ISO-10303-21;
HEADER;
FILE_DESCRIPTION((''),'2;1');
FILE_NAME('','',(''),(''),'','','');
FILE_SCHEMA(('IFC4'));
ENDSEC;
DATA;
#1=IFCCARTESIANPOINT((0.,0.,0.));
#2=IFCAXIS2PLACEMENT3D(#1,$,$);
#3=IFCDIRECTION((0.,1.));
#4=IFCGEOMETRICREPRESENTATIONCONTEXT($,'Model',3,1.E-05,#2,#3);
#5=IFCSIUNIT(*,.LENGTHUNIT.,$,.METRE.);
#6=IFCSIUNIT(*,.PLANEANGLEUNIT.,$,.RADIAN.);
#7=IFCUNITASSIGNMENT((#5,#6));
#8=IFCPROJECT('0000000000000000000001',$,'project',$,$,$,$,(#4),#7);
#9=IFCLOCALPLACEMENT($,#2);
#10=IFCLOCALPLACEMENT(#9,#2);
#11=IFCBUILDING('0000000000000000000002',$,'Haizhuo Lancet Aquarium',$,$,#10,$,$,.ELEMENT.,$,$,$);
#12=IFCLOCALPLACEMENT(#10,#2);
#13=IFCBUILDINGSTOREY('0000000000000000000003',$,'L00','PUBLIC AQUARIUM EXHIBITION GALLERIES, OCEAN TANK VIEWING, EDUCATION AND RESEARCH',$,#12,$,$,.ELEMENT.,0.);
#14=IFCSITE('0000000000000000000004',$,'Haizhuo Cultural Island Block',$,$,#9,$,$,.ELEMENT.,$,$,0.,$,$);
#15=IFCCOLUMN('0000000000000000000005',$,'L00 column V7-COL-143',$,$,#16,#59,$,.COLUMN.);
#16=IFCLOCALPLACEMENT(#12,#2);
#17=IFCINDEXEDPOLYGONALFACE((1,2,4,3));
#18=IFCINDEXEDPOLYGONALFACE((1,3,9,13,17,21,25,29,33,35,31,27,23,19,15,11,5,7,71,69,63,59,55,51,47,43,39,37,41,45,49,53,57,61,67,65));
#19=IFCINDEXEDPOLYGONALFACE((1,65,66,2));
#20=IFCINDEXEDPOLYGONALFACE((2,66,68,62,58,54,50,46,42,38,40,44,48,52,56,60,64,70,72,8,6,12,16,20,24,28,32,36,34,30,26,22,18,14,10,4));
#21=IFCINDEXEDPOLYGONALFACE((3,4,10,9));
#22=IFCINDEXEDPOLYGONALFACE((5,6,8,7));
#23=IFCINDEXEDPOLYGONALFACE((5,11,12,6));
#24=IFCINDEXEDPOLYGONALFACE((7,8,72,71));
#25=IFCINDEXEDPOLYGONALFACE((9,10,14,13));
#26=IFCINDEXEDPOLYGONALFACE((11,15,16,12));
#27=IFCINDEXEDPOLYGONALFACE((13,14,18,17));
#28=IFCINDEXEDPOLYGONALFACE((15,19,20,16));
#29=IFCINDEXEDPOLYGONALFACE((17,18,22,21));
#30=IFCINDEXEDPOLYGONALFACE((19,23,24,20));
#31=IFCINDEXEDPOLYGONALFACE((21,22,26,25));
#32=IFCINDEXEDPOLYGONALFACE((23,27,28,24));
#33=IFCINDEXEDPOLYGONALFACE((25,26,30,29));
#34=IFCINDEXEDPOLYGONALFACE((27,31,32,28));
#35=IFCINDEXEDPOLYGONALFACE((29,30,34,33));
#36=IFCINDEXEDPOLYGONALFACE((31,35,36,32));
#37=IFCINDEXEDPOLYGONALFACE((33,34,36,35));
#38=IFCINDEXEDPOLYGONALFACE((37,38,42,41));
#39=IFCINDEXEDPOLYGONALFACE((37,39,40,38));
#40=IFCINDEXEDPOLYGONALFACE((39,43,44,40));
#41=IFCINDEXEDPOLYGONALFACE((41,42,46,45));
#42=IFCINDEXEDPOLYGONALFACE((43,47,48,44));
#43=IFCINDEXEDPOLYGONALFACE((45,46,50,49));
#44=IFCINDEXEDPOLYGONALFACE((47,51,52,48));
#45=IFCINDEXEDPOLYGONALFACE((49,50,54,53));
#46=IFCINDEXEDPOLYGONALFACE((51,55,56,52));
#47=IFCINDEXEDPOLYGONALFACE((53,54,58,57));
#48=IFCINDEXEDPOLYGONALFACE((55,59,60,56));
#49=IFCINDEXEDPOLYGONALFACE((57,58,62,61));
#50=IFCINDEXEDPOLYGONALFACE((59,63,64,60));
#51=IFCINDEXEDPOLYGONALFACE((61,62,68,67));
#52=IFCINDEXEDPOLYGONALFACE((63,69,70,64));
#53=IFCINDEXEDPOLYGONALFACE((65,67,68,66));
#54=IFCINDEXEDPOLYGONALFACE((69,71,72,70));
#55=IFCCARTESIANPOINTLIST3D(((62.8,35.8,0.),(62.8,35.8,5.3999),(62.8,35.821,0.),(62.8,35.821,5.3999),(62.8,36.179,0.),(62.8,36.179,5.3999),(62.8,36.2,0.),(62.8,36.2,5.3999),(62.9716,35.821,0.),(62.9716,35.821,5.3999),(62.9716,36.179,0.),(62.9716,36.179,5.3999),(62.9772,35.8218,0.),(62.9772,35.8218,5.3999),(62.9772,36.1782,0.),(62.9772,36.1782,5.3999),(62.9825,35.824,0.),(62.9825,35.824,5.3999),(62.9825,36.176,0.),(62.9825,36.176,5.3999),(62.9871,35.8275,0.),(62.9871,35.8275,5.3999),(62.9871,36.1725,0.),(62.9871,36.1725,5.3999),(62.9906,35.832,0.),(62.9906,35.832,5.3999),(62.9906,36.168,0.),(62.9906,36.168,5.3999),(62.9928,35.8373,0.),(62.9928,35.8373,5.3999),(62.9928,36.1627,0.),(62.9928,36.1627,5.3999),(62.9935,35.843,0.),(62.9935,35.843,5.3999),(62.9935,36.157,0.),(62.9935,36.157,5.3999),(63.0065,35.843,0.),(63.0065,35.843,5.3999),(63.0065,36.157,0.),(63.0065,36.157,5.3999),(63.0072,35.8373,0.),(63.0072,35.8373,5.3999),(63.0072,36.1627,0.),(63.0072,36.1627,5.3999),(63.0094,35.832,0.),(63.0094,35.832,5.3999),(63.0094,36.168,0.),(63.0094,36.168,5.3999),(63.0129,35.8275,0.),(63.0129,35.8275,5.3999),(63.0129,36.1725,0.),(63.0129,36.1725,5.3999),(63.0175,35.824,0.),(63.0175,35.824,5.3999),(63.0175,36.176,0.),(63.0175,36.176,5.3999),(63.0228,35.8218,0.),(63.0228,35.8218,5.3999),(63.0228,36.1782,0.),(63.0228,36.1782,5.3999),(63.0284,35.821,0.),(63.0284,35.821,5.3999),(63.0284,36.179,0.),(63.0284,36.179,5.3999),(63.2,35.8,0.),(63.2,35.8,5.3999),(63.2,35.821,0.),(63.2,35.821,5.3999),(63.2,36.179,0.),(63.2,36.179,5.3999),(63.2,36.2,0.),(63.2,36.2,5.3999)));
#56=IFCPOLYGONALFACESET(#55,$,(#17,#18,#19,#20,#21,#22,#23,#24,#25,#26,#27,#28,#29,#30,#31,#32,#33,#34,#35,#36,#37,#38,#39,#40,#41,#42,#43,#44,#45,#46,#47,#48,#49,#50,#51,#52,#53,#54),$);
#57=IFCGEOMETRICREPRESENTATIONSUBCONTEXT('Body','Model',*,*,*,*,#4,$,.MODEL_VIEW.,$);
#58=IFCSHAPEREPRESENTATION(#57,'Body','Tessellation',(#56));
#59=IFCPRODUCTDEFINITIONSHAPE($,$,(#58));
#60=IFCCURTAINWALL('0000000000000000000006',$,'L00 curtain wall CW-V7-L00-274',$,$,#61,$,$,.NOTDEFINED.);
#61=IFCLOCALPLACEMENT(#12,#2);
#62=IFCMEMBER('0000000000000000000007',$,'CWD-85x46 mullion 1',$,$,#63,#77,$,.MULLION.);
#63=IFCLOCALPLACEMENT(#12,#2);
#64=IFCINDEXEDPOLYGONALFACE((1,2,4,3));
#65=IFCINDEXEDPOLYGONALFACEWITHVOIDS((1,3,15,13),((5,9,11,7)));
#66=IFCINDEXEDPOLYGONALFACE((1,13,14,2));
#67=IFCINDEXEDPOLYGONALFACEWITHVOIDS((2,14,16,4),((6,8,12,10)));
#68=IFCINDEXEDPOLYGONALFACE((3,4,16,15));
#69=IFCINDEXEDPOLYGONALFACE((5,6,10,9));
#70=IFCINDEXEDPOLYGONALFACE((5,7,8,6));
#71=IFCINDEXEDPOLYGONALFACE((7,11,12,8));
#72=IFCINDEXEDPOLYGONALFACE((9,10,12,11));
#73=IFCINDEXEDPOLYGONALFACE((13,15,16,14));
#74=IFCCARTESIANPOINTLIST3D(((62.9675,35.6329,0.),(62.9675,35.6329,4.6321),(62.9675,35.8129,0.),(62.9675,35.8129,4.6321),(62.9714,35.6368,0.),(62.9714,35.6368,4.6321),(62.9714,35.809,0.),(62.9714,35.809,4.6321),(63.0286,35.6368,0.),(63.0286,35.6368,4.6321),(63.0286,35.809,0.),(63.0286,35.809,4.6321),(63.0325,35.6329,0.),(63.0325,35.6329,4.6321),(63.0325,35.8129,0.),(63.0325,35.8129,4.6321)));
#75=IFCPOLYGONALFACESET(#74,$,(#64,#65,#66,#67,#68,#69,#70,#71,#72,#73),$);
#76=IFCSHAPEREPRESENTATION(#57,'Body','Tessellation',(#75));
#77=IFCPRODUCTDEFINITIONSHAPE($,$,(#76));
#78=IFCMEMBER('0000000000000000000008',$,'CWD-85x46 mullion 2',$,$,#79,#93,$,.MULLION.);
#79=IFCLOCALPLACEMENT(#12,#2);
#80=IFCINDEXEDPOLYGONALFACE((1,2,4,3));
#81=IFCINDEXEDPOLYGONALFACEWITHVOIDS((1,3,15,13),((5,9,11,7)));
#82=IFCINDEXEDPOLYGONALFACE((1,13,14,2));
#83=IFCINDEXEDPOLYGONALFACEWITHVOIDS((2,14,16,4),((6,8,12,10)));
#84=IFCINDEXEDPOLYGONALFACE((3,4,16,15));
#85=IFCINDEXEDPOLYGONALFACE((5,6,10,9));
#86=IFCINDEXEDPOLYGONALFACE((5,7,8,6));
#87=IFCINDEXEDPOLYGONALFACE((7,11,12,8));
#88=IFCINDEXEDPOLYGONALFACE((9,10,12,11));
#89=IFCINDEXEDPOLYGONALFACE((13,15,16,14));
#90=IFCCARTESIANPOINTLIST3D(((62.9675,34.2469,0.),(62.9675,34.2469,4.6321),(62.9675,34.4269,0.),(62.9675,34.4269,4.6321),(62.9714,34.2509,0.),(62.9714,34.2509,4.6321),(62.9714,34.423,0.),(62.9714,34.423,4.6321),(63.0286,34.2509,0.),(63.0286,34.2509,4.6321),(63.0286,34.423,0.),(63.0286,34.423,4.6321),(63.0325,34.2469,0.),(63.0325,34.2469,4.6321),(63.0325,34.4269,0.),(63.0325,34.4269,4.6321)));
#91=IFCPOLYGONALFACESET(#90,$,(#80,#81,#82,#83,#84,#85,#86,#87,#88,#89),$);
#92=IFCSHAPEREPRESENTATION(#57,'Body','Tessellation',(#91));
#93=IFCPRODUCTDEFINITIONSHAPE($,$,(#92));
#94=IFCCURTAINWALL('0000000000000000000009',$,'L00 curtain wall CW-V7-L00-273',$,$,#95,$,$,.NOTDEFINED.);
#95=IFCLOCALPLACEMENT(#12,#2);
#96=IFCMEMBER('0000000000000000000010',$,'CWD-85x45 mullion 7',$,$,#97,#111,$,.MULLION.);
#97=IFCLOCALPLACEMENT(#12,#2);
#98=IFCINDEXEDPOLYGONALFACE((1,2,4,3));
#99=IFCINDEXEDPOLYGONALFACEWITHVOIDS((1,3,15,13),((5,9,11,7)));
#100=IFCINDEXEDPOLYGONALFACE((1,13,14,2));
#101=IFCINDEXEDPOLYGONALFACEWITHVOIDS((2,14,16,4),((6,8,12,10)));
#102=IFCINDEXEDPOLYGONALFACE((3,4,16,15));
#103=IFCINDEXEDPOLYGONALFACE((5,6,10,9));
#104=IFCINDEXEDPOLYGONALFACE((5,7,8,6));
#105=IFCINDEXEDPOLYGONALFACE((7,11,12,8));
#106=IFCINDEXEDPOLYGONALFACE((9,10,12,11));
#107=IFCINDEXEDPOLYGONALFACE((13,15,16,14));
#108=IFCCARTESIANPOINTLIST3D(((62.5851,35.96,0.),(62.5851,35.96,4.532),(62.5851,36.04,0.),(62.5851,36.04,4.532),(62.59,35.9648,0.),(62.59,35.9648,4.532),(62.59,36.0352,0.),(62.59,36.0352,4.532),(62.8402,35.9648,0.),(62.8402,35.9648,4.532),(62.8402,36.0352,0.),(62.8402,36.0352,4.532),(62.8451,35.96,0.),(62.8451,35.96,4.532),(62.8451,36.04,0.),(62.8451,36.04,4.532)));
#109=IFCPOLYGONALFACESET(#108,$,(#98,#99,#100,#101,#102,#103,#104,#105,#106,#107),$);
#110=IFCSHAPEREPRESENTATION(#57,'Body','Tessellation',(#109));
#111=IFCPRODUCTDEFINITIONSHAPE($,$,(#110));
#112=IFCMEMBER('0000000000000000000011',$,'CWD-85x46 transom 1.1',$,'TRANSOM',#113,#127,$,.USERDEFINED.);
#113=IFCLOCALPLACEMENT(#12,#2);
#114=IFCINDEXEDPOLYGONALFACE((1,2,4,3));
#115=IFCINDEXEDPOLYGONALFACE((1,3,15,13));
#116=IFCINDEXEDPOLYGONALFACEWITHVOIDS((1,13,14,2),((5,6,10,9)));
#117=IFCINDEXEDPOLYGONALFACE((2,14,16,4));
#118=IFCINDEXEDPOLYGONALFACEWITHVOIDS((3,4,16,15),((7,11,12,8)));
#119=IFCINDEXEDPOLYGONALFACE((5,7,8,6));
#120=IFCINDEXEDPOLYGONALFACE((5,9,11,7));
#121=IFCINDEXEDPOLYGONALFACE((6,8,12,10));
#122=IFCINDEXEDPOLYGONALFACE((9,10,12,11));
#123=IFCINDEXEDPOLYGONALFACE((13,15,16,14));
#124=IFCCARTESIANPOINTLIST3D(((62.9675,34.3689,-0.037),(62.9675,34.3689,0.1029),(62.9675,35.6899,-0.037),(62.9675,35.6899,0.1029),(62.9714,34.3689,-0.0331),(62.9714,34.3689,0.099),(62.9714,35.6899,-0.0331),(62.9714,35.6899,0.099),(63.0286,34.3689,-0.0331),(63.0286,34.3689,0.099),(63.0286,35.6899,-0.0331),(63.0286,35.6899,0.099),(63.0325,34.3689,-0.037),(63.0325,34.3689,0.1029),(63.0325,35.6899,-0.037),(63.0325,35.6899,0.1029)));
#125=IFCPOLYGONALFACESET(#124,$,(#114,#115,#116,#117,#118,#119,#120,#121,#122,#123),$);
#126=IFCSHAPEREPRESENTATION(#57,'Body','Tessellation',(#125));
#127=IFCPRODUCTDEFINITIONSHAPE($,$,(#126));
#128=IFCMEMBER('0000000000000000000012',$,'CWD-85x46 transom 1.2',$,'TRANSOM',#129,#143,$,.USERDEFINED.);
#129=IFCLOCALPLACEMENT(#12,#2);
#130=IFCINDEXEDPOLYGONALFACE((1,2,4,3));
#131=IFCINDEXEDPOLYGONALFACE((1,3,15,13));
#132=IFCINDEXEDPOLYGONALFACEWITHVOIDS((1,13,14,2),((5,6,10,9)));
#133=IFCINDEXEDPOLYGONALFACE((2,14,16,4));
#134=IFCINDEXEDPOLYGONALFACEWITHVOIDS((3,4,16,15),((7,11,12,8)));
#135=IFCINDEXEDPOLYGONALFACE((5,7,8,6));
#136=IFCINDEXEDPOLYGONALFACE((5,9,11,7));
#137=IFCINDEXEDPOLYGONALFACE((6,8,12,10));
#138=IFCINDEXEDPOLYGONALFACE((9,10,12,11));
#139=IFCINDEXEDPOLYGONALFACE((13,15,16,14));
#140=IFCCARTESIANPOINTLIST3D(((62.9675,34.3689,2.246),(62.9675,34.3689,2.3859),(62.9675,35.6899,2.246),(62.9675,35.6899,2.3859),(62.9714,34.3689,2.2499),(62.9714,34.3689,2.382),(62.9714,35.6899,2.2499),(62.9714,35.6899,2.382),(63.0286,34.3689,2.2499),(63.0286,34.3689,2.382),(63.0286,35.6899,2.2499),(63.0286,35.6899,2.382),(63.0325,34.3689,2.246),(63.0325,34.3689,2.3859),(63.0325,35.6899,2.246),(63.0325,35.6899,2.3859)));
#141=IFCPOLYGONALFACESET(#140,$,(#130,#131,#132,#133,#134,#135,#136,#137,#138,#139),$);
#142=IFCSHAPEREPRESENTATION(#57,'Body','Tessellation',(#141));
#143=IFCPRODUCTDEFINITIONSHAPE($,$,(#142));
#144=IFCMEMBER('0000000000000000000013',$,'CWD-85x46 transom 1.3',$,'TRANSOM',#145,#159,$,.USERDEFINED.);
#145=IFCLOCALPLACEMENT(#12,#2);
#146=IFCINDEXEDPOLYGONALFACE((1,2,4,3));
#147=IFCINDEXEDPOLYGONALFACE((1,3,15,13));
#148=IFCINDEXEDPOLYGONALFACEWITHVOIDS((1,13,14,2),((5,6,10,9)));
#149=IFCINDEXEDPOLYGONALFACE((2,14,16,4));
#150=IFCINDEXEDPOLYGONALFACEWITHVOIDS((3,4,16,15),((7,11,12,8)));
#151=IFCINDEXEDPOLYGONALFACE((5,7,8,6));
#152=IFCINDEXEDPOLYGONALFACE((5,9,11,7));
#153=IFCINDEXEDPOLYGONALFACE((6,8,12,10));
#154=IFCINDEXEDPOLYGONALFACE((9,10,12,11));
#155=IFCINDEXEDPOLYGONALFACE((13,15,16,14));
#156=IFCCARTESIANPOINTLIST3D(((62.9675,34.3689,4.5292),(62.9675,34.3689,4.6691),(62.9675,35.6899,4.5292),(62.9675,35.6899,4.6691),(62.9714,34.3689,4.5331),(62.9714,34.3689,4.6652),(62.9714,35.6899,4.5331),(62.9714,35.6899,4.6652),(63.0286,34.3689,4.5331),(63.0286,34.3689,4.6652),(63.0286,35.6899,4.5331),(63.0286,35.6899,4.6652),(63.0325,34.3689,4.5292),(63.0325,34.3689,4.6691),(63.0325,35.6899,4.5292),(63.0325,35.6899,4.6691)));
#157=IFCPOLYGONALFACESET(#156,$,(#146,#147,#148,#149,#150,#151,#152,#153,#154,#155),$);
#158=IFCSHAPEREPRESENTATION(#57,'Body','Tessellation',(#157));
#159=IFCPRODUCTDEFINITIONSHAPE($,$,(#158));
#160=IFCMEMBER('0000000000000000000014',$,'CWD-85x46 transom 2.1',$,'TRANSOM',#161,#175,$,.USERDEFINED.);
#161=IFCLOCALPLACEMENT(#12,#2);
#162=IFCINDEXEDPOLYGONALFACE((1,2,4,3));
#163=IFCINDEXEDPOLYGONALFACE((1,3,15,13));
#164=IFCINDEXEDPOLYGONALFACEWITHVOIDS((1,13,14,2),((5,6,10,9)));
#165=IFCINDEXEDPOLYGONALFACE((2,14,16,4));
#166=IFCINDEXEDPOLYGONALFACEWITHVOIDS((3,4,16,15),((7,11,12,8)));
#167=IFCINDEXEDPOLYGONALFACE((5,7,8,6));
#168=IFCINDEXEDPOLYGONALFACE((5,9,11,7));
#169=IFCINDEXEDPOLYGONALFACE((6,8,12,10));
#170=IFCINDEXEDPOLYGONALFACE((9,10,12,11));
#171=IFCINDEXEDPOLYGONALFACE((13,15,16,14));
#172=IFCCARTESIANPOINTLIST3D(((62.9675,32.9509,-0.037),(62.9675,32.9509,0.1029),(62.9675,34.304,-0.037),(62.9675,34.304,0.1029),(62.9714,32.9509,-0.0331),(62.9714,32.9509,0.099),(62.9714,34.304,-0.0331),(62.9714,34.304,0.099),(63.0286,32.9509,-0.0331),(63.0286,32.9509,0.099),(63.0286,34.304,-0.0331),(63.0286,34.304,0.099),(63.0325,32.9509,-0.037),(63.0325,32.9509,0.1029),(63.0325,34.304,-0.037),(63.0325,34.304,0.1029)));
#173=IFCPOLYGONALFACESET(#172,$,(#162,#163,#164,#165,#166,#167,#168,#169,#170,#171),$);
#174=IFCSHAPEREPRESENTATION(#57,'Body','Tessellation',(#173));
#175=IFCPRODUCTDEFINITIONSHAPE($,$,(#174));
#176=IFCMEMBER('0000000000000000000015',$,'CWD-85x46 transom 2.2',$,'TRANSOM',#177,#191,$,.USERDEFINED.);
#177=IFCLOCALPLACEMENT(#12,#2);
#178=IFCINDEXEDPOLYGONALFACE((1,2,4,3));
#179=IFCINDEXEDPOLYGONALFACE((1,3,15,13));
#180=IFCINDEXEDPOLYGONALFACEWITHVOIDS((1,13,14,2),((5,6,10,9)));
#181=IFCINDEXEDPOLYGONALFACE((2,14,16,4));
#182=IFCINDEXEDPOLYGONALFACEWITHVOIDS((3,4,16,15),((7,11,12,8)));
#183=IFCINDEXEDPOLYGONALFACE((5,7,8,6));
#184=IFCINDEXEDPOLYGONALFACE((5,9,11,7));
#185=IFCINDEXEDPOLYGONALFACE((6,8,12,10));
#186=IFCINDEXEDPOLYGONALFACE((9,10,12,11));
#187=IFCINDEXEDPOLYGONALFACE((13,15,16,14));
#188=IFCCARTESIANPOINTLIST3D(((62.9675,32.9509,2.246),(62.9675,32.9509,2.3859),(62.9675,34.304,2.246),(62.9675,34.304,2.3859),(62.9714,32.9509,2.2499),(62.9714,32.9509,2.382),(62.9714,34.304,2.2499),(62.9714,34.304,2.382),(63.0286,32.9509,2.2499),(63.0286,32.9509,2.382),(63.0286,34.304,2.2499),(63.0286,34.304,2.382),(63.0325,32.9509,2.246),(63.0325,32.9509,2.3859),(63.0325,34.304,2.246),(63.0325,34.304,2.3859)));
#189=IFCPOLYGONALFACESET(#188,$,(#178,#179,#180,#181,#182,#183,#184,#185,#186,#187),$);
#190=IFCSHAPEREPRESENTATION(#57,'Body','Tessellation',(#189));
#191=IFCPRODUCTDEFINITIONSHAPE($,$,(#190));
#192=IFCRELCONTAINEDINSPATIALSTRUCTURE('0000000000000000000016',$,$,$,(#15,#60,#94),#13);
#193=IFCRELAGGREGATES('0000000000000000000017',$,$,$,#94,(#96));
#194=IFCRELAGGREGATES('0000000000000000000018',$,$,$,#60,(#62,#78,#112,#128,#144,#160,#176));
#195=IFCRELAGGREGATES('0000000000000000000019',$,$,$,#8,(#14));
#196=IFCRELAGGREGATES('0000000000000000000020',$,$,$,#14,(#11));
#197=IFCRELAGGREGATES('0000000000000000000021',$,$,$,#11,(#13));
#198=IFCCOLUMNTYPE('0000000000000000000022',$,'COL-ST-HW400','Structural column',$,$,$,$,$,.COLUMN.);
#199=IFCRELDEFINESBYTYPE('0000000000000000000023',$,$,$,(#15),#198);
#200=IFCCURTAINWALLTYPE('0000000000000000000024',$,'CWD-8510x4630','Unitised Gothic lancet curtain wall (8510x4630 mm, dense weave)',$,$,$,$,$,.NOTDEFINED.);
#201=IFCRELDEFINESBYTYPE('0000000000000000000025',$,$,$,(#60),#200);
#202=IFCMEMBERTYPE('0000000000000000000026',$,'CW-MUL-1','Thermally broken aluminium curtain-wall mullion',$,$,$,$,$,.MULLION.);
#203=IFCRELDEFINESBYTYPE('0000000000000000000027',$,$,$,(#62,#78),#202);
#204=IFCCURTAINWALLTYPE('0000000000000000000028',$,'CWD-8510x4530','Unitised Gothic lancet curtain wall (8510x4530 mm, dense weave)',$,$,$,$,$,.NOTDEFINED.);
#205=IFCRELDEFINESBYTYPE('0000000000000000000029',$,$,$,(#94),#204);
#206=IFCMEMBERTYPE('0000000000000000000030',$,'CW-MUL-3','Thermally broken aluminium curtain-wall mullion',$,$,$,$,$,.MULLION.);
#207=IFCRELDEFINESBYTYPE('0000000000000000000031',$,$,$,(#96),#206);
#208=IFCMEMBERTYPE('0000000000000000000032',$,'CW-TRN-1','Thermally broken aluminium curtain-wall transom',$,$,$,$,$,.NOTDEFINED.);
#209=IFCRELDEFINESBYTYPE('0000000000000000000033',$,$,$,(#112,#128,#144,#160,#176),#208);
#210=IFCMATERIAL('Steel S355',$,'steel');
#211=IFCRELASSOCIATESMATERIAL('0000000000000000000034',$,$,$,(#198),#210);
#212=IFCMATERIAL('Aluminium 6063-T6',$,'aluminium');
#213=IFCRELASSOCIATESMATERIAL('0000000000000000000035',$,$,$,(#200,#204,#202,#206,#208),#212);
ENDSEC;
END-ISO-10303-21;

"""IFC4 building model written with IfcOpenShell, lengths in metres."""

from ifc_helpers import new_model, si_unit, direction, frame, origin, origin_2d, place, context, subcontext, project, spatial, hollow_rectangle, i_section, extrude, material, material_profile, profile_set, type_object, element, aggregate, save


model = new_model("IFC4")

# Units and contexts
model_context = context("Model", 3, precision=1e-05, world=origin(), true_north=direction((0.0, 1.0)))
body_context = subcontext(model_context, "Body", "Model", "MODEL_VIEW")
ifc_project = project(units=[si_unit("LENGTHUNIT", "METRE"), si_unit("PLANEANGLEUNIT", "RADIAN")], contexts=[model_context])

# Site, building, storey
site_placement = place(None, origin())
site = spatial("IfcSite", under=ifc_project, at=site_placement, Name="Haizhuo Cultural Island Block", CompositionType="ELEMENT", RefElevation=0.0)
building_placement = place(site_placement, origin())
building = spatial("IfcBuilding", under=site, at=building_placement, Name="Haizhuo Lancet Aquarium", CompositionType="ELEMENT")
storey_placement = place(building_placement, origin())
storey = spatial("IfcBuildingStorey", under=building, at=storey_placement, Name="L00", Description="PUBLIC AQUARIUM EXHIBITION GALLERIES, OCEAN TANK VIEWING, EDUCATION AND RESEARCH", CompositionType="ELEMENT", Elevation=0.0)

# Column
ifc_material_1 = material(Name="Steel S355", Category="steel")
ifc_material_profile_1 = material_profile(ifc_material_1, i_section(OverallWidth=0.3999, OverallDepth=0.3999, WebThickness=0.0129, FlangeThickness=0.021, FilletRadius=0.022, at=origin_2d()), Name="HW 400x400x13x21")
ifc_profile_set_1 = profile_set([ifc_material_profile_1], Name="Steel S355")
column_type = type_object("IfcColumnType", Name="COL-ST-HW400", Description="Structural column", PredefinedType="COLUMN", material=ifc_profile_set_1)
column_placement = place(storey_placement, frame((63.0, 36.0, 0.0), z_axis=(0.0, 0.0, 1.0), x_axis=(1.0, 0.0, 0.0)))
element("IfcColumn", 1, at=column_placement, inside=storey, type_object=column_type, Name="L00 column V7-COL-143", PredefinedType="COLUMN", context=body_context, shape_type="SweptSolid", body=[
    extrude(i_section(OverallWidth=0.3999, OverallDepth=0.3999, WebThickness=0.0129, FlangeThickness=0.021, FilletRadius=0.022, at=origin_2d()), origin(), (0.0, 0.0, 1.0), 5.3999),
])

# Curtain wall, members
ifc_material_2 = material(Name="Aluminium 6063-T6", Category="aluminium")
curtain_wall_type_1 = type_object("IfcCurtainWallType", Name="CWD-8510x4630", Description="Unitised Gothic lancet curtain wall (8510x4630 mm, dense weave)", PredefinedType="NOTDEFINED", material=ifc_material_2)
curtain_wall_1_placement = place(storey_placement, origin())
curtain_wall_1 = element("IfcCurtainWall", 2, at=curtain_wall_1_placement, inside=storey, type_object=curtain_wall_type_1, Name="L00 curtain wall CW-V7-L00-274", PredefinedType="NOTDEFINED")
ifc_material_profile_2 = material_profile(ifc_material_2, hollow_rectangle(XDim=0.0649, YDim=0.1799, WallThickness=0.0039, at=origin_2d()), Name="ALU-M 65x180x4")
ifc_profile_set_2 = profile_set([ifc_material_profile_2], Name="Aluminium 6063-T6")
member_type_1 = type_object("IfcMemberType", Name="CW-MUL-1", Description="Thermally broken aluminium curtain-wall mullion", PredefinedType="MULLION", material=ifc_profile_set_2)
member_1_placement = place(storey_placement, frame((63.0, 35.7229, 0.0), z_axis=(0.0, 0.0, 1.0), x_axis=(1.0, 0.0, 0.0)))
member_1 = element("IfcMember", 3, at=member_1_placement, type_object=member_type_1, Name="CWD-85x46 mullion 1", PredefinedType="MULLION", context=body_context, shape_type="SweptSolid", body=[
    extrude(hollow_rectangle(XDim=0.0649, YDim=0.1799, WallThickness=0.0039, at=origin_2d()), origin(), (0.0, 0.0, 1.0), 4.6321),
])
member_2_placement = place(storey_placement, frame((63.0, 34.3369, 0.0), z_axis=(0.0, 0.0, 1.0), x_axis=(1.0, 0.0, 0.0)))
member_2 = element("IfcMember", 4, at=member_2_placement, type_object=member_type_1, Name="CWD-85x46 mullion 2", PredefinedType="MULLION", context=body_context, shape_type="SweptSolid", body=[
    extrude(hollow_rectangle(XDim=0.0649, YDim=0.1799, WallThickness=0.0039, at=origin_2d()), origin(), (0.0, 0.0, 1.0), 4.6321),
])

# Curtain wall, member
curtain_wall_type_2 = type_object("IfcCurtainWallType", Name="CWD-8510x4530", Description="Unitised Gothic lancet curtain wall (8510x4530 mm, dense weave)", PredefinedType="NOTDEFINED", material=ifc_material_2)
curtain_wall_2_placement = place(storey_placement, origin())
curtain_wall_2 = element("IfcCurtainWall", 5, at=curtain_wall_2_placement, inside=storey, type_object=curtain_wall_type_2, Name="L00 curtain wall CW-V7-L00-273", PredefinedType="NOTDEFINED")
ifc_material_profile_3 = material_profile(ifc_material_2, hollow_rectangle(XDim=0.0801, YDim=0.26, WallThickness=0.0049, at=origin_2d()), Name="ALU-M 80x260x5")
ifc_profile_set_3 = profile_set([ifc_material_profile_3], Name="Aluminium 6063-T6")
member_type_2 = type_object("IfcMemberType", Name="CW-MUL-3", Description="Thermally broken aluminium curtain-wall mullion", PredefinedType="MULLION", material=ifc_profile_set_3)
member_3_placement = place(storey_placement, frame((62.7151, 36.0, 0.0), z_axis=(0.0, 0.0, 1.0), x_axis=(0.0, 1.0, 0.0)))
member_3 = element("IfcMember", 6, at=member_3_placement, type_object=member_type_2, Name="CWD-85x45 mullion 7", PredefinedType="MULLION", context=body_context, shape_type="SweptSolid", body=[
    extrude(hollow_rectangle(XDim=0.0801, YDim=0.26, WallThickness=0.0049, at=origin_2d()), origin(), (0.0, 0.0, 1.0), 4.532),
])

# Members
ifc_material_profile_4 = material_profile(ifc_material_2, hollow_rectangle(XDim=0.0649, YDim=0.1399, WallThickness=0.0039, at=origin_2d()), Name="ALU-T 65x140x4")
ifc_profile_set_4 = profile_set([ifc_material_profile_4], Name="Aluminium 6063-T6")
member_type_3 = type_object("IfcMemberType", Name="CW-TRN-1", Description="Thermally broken aluminium curtain-wall transom", PredefinedType="NOTDEFINED", material=ifc_profile_set_4)
member_4_placement = place(storey_placement, frame((63.0, 35.6899, 0.033), z_axis=(0.0, -1.0, 0.0), x_axis=(1.0, 0.0, 0.0)))
member_4 = element("IfcMember", 7, at=member_4_placement, type_object=member_type_3, Name="CWD-85x46 transom 1.1", ObjectType="TRANSOM", PredefinedType="USERDEFINED", context=body_context, shape_type="SweptSolid", body=[
    extrude(hollow_rectangle(XDim=0.0649, YDim=0.1399, WallThickness=0.0039, at=origin_2d()), origin(), (0.0, 0.0, 1.0), 1.321),
])
member_5_placement = place(storey_placement, frame((63.0, 35.6899, 2.3159), z_axis=(0.0, -1.0, 0.0), x_axis=(1.0, 0.0, 0.0)))
member_5 = element("IfcMember", 8, at=member_5_placement, type_object=member_type_3, Name="CWD-85x46 transom 1.2", ObjectType="TRANSOM", PredefinedType="USERDEFINED", context=body_context, shape_type="SweptSolid", body=[
    extrude(hollow_rectangle(XDim=0.0649, YDim=0.1399, WallThickness=0.0039, at=origin_2d()), origin(), (0.0, 0.0, 1.0), 1.321),
])
member_6_placement = place(storey_placement, frame((63.0, 35.6899, 4.5991), z_axis=(0.0, -1.0, 0.0), x_axis=(1.0, 0.0, 0.0)))
member_6 = element("IfcMember", 9, at=member_6_placement, type_object=member_type_3, Name="CWD-85x46 transom 1.3", ObjectType="TRANSOM", PredefinedType="USERDEFINED", context=body_context, shape_type="SweptSolid", body=[
    extrude(hollow_rectangle(XDim=0.0649, YDim=0.1399, WallThickness=0.0039, at=origin_2d()), origin(), (0.0, 0.0, 1.0), 1.321),
])
member_7_placement = place(storey_placement, frame((63.0, 34.304, 0.033), z_axis=(0.0, -1.0, 0.0), x_axis=(1.0, 0.0, 0.0)))
member_7 = element("IfcMember", 10, at=member_7_placement, type_object=member_type_3, Name="CWD-85x46 transom 2.1", ObjectType="TRANSOM", PredefinedType="USERDEFINED", context=body_context, shape_type="SweptSolid", body=[
    extrude(hollow_rectangle(XDim=0.0649, YDim=0.1399, WallThickness=0.0039, at=origin_2d()), origin(), (0.0, 0.0, 1.0), 1.353),
])
member_8_placement = place(storey_placement, frame((63.0, 34.304, 2.3159), z_axis=(0.0, -1.0, 0.0), x_axis=(1.0, 0.0, 0.0)))
member_8 = element("IfcMember", 11, at=member_8_placement, type_object=member_type_3, Name="CWD-85x46 transom 2.2", ObjectType="TRANSOM", PredefinedType="USERDEFINED", context=body_context, shape_type="SweptSolid", body=[
    extrude(hollow_rectangle(XDim=0.0649, YDim=0.1399, WallThickness=0.0039, at=origin_2d()), origin(), (0.0, 0.0, 1.0), 1.353),
])

aggregate(curtain_wall_2, [member_3])
aggregate(curtain_wall_1, [member_1, member_2, member_4, member_5, member_6, member_7, member_8])

save(model, "model.ifc")
